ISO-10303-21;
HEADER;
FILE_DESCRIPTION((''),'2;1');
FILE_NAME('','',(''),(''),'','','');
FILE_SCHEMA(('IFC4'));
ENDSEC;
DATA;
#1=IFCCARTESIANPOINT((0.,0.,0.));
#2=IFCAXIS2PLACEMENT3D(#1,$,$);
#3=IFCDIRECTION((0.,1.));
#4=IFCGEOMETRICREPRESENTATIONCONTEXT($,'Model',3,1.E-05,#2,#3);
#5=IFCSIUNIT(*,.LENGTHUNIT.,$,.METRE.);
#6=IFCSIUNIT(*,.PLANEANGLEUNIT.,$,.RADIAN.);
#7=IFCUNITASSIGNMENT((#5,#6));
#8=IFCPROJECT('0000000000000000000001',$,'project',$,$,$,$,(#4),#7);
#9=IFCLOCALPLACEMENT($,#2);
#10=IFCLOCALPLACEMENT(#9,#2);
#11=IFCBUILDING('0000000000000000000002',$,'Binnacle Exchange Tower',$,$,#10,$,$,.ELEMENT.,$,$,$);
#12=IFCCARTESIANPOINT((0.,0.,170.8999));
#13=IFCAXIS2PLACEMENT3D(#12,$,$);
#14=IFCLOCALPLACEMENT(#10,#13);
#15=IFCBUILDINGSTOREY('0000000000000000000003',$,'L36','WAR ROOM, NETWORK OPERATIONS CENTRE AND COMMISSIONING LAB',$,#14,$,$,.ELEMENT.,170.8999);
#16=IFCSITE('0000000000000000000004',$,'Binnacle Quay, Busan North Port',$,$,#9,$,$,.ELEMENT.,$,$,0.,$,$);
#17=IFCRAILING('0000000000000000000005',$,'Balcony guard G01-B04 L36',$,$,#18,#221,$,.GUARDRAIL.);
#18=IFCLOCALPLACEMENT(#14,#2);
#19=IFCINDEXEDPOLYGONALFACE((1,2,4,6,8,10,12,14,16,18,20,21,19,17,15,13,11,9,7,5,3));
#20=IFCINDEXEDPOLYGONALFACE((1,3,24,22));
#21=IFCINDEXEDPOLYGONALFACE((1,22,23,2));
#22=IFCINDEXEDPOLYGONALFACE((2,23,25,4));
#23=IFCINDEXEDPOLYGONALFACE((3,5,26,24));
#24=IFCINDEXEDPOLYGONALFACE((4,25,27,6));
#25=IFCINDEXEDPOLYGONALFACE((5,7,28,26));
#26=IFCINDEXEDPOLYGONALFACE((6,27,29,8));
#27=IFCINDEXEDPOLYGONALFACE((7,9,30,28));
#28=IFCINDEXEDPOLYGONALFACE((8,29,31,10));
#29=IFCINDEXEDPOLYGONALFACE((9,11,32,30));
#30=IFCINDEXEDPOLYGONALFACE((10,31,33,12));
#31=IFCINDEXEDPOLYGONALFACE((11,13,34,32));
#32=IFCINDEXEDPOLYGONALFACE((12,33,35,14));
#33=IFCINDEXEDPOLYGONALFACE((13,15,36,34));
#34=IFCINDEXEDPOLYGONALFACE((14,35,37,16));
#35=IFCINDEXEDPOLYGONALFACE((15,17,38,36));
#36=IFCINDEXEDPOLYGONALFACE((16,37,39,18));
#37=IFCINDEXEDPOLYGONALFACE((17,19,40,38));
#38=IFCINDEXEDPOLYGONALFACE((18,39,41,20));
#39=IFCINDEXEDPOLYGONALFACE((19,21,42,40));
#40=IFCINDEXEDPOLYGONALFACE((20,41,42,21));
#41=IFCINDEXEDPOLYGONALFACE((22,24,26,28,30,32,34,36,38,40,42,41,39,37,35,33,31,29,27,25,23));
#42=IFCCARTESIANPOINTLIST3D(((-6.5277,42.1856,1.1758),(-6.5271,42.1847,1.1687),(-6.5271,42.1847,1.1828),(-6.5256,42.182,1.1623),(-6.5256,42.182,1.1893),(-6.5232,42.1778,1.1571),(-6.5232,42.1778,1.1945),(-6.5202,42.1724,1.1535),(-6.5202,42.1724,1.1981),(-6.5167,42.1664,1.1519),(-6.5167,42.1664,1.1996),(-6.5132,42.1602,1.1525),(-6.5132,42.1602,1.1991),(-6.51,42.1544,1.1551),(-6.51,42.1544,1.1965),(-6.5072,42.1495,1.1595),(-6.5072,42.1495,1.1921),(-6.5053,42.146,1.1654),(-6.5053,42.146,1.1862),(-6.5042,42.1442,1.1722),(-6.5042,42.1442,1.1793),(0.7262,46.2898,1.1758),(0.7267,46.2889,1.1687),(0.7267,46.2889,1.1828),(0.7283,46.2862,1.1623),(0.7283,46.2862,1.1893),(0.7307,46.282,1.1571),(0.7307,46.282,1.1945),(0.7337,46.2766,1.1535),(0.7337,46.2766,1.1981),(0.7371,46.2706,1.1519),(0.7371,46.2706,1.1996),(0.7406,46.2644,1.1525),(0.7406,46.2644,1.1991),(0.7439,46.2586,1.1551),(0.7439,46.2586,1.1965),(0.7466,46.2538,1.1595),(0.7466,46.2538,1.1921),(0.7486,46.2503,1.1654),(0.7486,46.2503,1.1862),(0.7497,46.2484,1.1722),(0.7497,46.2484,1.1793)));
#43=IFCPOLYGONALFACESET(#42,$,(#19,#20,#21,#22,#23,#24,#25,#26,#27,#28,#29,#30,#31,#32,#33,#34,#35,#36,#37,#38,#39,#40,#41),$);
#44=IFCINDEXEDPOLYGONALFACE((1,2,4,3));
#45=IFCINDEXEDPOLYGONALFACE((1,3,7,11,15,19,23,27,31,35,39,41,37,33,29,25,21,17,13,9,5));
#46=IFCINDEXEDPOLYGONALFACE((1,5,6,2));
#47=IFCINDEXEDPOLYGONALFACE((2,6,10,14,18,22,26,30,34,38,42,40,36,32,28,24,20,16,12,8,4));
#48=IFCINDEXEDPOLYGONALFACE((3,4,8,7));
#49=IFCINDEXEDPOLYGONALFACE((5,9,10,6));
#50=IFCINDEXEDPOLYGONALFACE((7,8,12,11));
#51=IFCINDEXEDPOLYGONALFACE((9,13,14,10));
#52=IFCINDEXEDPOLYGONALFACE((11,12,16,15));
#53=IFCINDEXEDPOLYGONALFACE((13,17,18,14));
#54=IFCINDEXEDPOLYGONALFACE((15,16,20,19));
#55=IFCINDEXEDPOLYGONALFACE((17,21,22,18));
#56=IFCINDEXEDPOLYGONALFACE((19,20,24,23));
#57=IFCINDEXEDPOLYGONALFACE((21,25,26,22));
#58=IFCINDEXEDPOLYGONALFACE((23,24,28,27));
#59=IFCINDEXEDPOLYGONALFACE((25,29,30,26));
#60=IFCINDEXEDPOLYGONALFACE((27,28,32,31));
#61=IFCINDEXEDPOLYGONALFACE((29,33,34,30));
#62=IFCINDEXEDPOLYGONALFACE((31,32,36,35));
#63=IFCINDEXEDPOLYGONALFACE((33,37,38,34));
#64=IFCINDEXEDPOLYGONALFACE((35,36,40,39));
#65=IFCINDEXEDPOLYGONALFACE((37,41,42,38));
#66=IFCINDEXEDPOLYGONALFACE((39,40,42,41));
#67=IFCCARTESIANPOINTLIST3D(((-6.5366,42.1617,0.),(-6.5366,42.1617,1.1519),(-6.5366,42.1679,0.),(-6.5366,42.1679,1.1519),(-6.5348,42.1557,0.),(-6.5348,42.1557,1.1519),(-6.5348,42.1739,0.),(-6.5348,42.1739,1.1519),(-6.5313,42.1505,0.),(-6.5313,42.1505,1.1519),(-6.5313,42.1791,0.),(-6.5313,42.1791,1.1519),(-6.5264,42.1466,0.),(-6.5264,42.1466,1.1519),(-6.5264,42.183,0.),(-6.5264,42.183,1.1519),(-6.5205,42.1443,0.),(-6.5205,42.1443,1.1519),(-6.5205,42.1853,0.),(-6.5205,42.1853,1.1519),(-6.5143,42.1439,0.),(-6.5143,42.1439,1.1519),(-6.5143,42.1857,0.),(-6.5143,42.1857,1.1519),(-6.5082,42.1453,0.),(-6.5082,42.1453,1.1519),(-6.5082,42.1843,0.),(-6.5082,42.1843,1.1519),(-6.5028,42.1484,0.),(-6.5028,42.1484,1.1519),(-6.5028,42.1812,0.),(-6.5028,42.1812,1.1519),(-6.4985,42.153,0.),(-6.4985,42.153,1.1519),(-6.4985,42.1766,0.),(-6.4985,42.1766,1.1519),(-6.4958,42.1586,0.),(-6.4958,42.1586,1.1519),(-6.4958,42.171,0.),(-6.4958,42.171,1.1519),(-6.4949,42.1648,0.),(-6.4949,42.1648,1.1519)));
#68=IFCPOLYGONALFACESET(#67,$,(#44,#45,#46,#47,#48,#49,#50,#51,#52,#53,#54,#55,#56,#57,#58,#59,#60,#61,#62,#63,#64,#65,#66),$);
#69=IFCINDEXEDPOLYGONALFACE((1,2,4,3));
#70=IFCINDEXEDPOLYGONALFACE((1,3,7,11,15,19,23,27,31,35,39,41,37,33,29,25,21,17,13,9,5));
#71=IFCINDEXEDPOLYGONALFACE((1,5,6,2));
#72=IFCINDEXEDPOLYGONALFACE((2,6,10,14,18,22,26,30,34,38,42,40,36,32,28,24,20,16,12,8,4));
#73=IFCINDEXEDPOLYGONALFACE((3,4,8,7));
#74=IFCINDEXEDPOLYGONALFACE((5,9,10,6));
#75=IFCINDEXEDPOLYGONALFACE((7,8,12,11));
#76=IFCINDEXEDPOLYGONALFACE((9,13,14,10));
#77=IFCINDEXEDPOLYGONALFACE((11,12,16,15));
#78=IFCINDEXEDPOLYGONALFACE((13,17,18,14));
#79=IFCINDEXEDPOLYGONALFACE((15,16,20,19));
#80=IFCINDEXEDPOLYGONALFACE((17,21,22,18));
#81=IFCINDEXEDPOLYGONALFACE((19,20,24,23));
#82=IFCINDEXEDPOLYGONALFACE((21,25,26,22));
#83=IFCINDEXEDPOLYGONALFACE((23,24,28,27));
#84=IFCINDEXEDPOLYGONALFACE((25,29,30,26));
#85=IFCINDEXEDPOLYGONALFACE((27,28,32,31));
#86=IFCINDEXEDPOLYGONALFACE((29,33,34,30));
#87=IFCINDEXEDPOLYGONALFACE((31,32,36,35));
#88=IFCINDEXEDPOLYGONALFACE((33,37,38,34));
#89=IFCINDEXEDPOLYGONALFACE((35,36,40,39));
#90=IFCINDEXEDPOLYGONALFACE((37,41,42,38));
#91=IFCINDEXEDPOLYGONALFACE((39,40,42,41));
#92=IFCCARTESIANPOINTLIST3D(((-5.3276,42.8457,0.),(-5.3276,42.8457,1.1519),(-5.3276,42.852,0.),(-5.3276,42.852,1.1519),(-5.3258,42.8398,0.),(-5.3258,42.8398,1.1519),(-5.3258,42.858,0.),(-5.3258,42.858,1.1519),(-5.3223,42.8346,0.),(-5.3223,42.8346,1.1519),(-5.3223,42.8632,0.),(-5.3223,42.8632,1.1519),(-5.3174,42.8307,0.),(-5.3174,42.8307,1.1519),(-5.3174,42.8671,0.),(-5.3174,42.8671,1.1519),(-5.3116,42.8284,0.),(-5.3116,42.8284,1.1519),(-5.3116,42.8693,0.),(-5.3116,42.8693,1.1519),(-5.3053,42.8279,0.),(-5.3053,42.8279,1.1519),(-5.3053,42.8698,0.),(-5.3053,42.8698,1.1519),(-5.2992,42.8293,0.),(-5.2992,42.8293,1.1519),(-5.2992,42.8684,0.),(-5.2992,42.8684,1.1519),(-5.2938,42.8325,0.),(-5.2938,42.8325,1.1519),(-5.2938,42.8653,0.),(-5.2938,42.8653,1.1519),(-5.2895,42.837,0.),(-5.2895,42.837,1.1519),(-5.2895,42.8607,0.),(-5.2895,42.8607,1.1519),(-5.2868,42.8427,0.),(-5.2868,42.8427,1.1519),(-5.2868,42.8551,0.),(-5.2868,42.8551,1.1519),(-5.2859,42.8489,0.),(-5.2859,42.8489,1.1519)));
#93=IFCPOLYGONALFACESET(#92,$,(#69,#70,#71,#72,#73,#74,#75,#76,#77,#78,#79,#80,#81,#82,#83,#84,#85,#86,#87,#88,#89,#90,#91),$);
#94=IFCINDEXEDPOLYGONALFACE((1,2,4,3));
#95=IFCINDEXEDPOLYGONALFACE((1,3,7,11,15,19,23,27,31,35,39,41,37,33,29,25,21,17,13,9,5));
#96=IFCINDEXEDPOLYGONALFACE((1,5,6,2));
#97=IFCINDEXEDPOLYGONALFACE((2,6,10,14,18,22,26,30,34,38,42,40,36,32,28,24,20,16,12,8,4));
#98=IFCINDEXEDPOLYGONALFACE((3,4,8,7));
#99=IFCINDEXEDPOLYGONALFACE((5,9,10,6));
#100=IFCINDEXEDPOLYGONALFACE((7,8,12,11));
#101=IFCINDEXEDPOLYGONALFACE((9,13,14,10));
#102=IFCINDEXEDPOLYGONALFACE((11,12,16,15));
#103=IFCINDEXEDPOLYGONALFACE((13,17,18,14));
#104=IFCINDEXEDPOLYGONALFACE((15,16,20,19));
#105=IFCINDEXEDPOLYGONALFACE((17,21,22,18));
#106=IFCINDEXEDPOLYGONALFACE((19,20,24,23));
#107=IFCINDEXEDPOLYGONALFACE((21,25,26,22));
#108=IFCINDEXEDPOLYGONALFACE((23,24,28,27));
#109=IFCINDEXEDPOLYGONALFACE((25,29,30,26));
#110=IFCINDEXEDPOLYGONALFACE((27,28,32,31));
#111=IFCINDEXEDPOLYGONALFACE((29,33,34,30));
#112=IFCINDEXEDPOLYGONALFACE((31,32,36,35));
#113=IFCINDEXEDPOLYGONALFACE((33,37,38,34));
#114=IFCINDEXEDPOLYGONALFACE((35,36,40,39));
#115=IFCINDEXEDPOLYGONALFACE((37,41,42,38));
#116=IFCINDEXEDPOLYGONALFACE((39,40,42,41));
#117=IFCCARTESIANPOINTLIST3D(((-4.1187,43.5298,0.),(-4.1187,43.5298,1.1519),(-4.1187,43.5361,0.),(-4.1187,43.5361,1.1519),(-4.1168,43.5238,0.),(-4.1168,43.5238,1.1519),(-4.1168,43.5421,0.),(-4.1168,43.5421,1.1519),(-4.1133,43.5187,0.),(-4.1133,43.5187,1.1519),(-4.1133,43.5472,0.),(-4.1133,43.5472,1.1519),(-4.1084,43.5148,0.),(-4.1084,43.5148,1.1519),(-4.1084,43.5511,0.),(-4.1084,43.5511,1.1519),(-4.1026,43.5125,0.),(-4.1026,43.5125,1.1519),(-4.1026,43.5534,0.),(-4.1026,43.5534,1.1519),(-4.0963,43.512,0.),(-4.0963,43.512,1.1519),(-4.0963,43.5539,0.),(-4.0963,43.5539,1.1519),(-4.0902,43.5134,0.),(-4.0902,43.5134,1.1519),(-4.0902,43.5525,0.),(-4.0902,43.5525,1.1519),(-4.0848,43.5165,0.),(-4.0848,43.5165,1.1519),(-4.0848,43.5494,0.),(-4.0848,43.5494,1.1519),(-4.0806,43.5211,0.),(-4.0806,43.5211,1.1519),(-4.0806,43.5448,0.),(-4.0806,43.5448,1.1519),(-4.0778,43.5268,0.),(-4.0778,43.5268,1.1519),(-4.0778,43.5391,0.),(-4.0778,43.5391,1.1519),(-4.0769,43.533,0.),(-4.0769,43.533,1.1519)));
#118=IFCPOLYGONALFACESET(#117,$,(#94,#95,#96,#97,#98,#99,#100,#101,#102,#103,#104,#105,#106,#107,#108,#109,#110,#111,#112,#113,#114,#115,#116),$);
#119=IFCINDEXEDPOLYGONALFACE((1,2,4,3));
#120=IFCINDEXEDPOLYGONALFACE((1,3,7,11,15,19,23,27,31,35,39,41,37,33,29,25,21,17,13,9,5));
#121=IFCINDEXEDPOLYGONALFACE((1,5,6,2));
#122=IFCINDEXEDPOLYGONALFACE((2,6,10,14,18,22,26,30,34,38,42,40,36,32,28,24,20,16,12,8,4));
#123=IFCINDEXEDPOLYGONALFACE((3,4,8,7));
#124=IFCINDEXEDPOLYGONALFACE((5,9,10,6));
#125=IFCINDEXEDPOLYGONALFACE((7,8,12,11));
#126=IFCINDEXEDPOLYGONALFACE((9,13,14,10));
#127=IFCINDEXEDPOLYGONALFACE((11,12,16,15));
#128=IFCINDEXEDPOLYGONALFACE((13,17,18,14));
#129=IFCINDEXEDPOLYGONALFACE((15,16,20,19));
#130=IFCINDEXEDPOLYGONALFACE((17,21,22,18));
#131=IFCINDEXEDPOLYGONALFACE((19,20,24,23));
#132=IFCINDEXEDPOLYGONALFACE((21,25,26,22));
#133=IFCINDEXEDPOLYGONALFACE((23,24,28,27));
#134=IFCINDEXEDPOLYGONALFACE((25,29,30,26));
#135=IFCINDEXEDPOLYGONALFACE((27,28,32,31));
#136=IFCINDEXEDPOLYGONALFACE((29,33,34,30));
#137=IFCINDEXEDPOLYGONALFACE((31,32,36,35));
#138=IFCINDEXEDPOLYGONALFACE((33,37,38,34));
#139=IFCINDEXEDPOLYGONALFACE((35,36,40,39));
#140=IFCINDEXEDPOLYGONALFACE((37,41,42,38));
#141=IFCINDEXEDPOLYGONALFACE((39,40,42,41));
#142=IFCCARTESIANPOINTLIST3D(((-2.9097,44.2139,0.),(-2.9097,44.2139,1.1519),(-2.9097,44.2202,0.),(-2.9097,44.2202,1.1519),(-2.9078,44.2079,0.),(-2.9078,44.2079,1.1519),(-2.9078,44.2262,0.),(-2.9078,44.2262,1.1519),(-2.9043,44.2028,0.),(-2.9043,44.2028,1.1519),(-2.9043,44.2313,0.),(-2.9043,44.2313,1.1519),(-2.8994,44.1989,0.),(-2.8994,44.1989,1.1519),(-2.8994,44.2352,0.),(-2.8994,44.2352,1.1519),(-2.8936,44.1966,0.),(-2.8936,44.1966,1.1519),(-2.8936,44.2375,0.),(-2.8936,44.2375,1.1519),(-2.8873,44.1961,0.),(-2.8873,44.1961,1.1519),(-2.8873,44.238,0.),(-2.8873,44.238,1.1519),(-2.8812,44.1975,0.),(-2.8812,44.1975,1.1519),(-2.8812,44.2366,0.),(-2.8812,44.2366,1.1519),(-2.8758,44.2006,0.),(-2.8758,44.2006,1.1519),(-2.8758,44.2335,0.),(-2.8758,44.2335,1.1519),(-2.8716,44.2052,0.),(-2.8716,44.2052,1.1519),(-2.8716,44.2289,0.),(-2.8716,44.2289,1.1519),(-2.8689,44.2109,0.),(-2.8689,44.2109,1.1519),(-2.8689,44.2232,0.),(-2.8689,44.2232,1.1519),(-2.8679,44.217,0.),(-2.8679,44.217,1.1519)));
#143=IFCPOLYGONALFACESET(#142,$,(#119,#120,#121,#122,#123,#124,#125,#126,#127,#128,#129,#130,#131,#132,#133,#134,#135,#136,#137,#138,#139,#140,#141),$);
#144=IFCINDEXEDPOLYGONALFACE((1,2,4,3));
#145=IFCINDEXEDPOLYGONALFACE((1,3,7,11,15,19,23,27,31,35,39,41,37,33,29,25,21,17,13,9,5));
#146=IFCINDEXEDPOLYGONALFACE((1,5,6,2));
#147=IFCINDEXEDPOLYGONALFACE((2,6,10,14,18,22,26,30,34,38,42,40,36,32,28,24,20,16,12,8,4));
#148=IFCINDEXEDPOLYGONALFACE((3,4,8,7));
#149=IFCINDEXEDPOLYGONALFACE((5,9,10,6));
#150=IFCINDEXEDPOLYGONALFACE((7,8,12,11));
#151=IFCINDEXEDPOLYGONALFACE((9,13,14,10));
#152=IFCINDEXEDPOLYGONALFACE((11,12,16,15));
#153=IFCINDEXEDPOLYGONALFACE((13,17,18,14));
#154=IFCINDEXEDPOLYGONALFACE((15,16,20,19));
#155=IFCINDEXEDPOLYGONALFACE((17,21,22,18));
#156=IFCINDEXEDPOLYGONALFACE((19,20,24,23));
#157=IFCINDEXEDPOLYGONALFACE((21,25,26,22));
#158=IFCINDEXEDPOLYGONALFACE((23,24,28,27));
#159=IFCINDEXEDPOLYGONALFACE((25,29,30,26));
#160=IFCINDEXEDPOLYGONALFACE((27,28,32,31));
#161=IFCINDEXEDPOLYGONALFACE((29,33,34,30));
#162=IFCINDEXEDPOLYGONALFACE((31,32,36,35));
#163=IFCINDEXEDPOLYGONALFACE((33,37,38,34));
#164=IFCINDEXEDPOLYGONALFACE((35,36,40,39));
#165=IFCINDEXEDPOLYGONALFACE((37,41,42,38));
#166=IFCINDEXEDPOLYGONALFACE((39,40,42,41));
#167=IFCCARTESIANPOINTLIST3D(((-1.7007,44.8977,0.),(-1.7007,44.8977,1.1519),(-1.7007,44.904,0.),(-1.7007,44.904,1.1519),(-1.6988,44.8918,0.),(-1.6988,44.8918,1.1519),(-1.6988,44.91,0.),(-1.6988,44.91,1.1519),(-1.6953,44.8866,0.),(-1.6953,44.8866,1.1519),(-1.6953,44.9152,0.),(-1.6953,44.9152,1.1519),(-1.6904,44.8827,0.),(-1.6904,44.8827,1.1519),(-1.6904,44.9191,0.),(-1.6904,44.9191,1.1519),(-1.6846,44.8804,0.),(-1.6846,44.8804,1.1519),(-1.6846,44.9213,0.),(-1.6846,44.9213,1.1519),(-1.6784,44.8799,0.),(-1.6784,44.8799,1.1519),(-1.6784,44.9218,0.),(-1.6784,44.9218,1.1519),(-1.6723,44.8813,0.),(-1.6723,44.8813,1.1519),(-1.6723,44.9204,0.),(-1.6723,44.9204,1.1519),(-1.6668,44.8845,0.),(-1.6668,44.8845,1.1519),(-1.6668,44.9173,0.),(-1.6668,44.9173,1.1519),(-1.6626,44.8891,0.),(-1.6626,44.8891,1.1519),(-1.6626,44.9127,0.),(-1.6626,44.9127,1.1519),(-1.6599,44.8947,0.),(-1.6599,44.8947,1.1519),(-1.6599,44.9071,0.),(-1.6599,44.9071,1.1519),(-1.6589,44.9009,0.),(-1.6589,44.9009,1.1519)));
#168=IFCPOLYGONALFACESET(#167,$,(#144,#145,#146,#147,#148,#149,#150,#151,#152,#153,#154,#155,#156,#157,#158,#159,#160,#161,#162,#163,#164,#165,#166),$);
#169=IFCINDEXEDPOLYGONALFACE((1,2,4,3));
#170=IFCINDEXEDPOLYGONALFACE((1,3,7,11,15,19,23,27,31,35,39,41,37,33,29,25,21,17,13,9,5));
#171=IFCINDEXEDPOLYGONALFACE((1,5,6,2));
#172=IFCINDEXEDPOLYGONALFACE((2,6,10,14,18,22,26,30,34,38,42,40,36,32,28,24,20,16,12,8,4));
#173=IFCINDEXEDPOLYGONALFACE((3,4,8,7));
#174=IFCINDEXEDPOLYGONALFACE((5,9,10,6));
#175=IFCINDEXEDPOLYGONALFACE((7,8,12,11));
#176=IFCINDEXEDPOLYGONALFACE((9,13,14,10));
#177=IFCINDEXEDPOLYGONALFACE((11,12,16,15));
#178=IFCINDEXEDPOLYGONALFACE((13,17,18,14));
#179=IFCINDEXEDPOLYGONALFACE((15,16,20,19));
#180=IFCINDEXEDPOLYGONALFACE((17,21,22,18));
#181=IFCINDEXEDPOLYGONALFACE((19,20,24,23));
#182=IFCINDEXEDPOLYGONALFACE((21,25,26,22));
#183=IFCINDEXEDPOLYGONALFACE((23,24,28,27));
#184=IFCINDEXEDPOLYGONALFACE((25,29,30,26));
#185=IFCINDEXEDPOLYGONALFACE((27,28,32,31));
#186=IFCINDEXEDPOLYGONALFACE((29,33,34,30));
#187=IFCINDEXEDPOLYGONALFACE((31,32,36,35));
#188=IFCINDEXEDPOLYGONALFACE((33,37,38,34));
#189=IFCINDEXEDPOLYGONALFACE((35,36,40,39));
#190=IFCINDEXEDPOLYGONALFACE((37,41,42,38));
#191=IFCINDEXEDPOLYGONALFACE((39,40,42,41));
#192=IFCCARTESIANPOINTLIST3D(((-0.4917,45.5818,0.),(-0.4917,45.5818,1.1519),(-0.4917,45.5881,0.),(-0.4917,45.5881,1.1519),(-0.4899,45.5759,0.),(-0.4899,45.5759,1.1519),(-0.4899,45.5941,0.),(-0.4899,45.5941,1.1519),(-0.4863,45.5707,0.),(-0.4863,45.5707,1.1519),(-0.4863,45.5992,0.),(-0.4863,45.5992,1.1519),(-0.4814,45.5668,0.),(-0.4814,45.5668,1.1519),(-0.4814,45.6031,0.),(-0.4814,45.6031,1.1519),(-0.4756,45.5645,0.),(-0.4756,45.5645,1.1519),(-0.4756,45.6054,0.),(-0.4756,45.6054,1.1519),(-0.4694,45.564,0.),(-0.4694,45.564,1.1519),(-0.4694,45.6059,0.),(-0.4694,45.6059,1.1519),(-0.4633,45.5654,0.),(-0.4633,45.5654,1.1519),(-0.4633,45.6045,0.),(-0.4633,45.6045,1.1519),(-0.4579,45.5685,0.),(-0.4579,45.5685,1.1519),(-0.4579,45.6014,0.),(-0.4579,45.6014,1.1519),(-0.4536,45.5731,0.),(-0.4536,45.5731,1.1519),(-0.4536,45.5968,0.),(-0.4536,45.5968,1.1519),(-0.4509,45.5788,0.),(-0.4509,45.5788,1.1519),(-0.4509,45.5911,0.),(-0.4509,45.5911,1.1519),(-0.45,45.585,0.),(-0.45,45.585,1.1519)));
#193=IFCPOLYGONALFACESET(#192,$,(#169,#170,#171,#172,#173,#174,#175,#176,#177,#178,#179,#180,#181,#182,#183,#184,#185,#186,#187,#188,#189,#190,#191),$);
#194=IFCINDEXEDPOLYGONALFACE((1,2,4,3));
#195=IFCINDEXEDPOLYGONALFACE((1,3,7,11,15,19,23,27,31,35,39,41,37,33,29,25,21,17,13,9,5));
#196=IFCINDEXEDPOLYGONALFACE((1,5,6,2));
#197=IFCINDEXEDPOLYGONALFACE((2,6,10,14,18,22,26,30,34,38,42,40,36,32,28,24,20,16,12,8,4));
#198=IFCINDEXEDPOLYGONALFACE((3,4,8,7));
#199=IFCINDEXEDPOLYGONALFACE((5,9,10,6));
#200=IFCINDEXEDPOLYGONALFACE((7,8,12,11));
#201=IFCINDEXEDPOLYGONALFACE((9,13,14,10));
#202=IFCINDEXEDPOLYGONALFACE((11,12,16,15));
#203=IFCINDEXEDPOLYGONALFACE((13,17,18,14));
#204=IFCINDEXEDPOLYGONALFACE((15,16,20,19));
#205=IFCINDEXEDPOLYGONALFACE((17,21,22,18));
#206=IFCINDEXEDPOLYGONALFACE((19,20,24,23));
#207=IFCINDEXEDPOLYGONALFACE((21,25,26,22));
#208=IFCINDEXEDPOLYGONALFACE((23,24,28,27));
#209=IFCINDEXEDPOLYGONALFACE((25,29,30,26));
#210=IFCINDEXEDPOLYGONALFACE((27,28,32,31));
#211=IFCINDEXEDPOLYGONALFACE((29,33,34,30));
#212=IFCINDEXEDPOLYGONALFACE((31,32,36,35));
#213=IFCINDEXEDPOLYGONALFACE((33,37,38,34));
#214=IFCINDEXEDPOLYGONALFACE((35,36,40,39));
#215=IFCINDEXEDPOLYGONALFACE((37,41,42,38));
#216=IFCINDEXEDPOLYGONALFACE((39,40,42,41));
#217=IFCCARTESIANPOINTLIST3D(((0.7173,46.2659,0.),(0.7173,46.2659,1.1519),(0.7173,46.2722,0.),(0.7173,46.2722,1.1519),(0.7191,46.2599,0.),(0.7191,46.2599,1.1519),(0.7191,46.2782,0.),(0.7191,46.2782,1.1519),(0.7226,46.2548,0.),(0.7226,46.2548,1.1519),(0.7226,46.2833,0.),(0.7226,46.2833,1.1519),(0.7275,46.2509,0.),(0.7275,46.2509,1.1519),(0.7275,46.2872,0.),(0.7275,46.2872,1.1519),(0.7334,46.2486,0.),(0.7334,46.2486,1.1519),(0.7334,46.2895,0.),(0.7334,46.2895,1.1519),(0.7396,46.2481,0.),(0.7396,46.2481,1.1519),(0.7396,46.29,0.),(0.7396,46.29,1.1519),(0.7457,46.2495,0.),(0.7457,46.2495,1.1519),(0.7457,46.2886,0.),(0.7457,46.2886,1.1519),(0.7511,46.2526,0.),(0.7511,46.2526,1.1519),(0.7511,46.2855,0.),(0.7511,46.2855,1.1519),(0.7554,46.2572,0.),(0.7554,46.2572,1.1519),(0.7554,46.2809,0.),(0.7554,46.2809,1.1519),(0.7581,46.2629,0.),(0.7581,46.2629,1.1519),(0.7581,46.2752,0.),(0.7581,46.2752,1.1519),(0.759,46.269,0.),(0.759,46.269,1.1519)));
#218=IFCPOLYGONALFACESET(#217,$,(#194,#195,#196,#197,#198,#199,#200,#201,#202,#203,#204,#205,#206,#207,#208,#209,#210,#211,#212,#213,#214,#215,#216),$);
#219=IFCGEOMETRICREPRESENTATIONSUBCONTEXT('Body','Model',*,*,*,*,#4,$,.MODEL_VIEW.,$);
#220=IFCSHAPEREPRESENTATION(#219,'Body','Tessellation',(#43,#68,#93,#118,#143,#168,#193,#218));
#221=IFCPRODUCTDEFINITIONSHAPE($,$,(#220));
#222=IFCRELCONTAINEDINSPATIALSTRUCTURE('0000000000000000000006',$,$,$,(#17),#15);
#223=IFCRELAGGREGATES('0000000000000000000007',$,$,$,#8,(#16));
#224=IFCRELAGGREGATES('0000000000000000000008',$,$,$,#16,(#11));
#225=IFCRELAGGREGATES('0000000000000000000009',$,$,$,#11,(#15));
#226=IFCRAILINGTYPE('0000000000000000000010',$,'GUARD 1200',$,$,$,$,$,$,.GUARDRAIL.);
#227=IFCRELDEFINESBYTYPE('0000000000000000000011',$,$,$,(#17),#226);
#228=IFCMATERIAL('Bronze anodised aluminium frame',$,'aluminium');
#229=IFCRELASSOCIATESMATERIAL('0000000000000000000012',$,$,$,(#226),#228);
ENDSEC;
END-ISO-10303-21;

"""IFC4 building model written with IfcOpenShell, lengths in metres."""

from ifc_helpers import new_model, si_unit, direction, frame, origin, origin_2d, place, context, subcontext, project, spatial, circle, extrude, material, type_object, element, save


model = new_model("IFC4")

# Units and contexts
model_context = context("Model", 3, precision=1e-05, world=origin(), true_north=direction((0.0, 1.0)))
body_context = subcontext(model_context, "Body", "Model", "MODEL_VIEW")
ifc_project = project(units=[si_unit("LENGTHUNIT", "METRE"), si_unit("PLANEANGLEUNIT", "RADIAN")], contexts=[model_context])

# Site, building, storey
site_placement = place(None, origin())
site = spatial("IfcSite", under=ifc_project, at=site_placement, Name="Binnacle Quay, Busan North Port", CompositionType="ELEMENT", RefElevation=0.0)
building_placement = place(site_placement, origin())
building = spatial("IfcBuilding", under=site, at=building_placement, Name="Binnacle Exchange Tower", CompositionType="ELEMENT")
storey_placement = place(building_placement, frame((0.0, 0.0, 170.8999)))
storey = spatial("IfcBuildingStorey", under=building, at=storey_placement, Name="L36", Description="WAR ROOM, NETWORK OPERATIONS CENTRE AND COMMISSIONING LAB", CompositionType="ELEMENT", Elevation=170.8999)

# Shared definitions
ifc_material_1 = material(Name="Bronze anodised aluminium frame", Category="aluminium")

# Railing
railing_type = type_object("IfcRailingType", Name="GUARD 1200", PredefinedType="GUARDRAIL", material=ifc_material_1)
railing_placement = place(storey_placement, frame((-6.5159, 42.1648, 0.0)))
element("IfcRailing", 1, at=railing_placement, inside=storey, type_object=railing_type, Name="Balcony guard G01-B04 L36", PredefinedType="GUARDRAIL", context=body_context, shape_type="SweptSolid", body=[
    extrude(circle(Radius=0.0239, at=origin_2d()), frame((0.0, 0.0, 1.1758), z_axis=(0.870346, 0.49244, 0.0), x_axis=(-0.49244, 0.870346, 0.0)), (0.0, 0.0, 1.0), 8.3345),
    extrude(circle(Radius=0.021, at=origin_2d()), origin(), (0.0, 0.0, 1.0), 1.1519),
    extrude(circle(Radius=0.021, at=origin_2d()), frame((1.209, 0.6841, 0.0)), (0.0, 0.0, 1.0), 1.1519),
    extrude(circle(Radius=0.021, at=origin_2d()), frame((2.418, 1.3682, 0.0)), (0.0, 0.0, 1.0), 1.1519),
    extrude(circle(Radius=0.021, at=origin_2d()), frame((3.627, 2.0522, 0.0)), (0.0, 0.0, 1.0), 1.1519),
    extrude(circle(Radius=0.021, at=origin_2d()), frame((4.8359, 2.7361, 0.0)), (0.0, 0.0, 1.0), 1.1519),
    extrude(circle(Radius=0.021, at=origin_2d()), frame((6.0449, 3.4202, 0.0)), (0.0, 0.0, 1.0), 1.1519),
    extrude(circle(Radius=0.021, at=origin_2d()), frame((7.2539, 4.1042, 0.0)), (0.0, 0.0, 1.0), 1.1519),
])

save(model, "model.ifc")
